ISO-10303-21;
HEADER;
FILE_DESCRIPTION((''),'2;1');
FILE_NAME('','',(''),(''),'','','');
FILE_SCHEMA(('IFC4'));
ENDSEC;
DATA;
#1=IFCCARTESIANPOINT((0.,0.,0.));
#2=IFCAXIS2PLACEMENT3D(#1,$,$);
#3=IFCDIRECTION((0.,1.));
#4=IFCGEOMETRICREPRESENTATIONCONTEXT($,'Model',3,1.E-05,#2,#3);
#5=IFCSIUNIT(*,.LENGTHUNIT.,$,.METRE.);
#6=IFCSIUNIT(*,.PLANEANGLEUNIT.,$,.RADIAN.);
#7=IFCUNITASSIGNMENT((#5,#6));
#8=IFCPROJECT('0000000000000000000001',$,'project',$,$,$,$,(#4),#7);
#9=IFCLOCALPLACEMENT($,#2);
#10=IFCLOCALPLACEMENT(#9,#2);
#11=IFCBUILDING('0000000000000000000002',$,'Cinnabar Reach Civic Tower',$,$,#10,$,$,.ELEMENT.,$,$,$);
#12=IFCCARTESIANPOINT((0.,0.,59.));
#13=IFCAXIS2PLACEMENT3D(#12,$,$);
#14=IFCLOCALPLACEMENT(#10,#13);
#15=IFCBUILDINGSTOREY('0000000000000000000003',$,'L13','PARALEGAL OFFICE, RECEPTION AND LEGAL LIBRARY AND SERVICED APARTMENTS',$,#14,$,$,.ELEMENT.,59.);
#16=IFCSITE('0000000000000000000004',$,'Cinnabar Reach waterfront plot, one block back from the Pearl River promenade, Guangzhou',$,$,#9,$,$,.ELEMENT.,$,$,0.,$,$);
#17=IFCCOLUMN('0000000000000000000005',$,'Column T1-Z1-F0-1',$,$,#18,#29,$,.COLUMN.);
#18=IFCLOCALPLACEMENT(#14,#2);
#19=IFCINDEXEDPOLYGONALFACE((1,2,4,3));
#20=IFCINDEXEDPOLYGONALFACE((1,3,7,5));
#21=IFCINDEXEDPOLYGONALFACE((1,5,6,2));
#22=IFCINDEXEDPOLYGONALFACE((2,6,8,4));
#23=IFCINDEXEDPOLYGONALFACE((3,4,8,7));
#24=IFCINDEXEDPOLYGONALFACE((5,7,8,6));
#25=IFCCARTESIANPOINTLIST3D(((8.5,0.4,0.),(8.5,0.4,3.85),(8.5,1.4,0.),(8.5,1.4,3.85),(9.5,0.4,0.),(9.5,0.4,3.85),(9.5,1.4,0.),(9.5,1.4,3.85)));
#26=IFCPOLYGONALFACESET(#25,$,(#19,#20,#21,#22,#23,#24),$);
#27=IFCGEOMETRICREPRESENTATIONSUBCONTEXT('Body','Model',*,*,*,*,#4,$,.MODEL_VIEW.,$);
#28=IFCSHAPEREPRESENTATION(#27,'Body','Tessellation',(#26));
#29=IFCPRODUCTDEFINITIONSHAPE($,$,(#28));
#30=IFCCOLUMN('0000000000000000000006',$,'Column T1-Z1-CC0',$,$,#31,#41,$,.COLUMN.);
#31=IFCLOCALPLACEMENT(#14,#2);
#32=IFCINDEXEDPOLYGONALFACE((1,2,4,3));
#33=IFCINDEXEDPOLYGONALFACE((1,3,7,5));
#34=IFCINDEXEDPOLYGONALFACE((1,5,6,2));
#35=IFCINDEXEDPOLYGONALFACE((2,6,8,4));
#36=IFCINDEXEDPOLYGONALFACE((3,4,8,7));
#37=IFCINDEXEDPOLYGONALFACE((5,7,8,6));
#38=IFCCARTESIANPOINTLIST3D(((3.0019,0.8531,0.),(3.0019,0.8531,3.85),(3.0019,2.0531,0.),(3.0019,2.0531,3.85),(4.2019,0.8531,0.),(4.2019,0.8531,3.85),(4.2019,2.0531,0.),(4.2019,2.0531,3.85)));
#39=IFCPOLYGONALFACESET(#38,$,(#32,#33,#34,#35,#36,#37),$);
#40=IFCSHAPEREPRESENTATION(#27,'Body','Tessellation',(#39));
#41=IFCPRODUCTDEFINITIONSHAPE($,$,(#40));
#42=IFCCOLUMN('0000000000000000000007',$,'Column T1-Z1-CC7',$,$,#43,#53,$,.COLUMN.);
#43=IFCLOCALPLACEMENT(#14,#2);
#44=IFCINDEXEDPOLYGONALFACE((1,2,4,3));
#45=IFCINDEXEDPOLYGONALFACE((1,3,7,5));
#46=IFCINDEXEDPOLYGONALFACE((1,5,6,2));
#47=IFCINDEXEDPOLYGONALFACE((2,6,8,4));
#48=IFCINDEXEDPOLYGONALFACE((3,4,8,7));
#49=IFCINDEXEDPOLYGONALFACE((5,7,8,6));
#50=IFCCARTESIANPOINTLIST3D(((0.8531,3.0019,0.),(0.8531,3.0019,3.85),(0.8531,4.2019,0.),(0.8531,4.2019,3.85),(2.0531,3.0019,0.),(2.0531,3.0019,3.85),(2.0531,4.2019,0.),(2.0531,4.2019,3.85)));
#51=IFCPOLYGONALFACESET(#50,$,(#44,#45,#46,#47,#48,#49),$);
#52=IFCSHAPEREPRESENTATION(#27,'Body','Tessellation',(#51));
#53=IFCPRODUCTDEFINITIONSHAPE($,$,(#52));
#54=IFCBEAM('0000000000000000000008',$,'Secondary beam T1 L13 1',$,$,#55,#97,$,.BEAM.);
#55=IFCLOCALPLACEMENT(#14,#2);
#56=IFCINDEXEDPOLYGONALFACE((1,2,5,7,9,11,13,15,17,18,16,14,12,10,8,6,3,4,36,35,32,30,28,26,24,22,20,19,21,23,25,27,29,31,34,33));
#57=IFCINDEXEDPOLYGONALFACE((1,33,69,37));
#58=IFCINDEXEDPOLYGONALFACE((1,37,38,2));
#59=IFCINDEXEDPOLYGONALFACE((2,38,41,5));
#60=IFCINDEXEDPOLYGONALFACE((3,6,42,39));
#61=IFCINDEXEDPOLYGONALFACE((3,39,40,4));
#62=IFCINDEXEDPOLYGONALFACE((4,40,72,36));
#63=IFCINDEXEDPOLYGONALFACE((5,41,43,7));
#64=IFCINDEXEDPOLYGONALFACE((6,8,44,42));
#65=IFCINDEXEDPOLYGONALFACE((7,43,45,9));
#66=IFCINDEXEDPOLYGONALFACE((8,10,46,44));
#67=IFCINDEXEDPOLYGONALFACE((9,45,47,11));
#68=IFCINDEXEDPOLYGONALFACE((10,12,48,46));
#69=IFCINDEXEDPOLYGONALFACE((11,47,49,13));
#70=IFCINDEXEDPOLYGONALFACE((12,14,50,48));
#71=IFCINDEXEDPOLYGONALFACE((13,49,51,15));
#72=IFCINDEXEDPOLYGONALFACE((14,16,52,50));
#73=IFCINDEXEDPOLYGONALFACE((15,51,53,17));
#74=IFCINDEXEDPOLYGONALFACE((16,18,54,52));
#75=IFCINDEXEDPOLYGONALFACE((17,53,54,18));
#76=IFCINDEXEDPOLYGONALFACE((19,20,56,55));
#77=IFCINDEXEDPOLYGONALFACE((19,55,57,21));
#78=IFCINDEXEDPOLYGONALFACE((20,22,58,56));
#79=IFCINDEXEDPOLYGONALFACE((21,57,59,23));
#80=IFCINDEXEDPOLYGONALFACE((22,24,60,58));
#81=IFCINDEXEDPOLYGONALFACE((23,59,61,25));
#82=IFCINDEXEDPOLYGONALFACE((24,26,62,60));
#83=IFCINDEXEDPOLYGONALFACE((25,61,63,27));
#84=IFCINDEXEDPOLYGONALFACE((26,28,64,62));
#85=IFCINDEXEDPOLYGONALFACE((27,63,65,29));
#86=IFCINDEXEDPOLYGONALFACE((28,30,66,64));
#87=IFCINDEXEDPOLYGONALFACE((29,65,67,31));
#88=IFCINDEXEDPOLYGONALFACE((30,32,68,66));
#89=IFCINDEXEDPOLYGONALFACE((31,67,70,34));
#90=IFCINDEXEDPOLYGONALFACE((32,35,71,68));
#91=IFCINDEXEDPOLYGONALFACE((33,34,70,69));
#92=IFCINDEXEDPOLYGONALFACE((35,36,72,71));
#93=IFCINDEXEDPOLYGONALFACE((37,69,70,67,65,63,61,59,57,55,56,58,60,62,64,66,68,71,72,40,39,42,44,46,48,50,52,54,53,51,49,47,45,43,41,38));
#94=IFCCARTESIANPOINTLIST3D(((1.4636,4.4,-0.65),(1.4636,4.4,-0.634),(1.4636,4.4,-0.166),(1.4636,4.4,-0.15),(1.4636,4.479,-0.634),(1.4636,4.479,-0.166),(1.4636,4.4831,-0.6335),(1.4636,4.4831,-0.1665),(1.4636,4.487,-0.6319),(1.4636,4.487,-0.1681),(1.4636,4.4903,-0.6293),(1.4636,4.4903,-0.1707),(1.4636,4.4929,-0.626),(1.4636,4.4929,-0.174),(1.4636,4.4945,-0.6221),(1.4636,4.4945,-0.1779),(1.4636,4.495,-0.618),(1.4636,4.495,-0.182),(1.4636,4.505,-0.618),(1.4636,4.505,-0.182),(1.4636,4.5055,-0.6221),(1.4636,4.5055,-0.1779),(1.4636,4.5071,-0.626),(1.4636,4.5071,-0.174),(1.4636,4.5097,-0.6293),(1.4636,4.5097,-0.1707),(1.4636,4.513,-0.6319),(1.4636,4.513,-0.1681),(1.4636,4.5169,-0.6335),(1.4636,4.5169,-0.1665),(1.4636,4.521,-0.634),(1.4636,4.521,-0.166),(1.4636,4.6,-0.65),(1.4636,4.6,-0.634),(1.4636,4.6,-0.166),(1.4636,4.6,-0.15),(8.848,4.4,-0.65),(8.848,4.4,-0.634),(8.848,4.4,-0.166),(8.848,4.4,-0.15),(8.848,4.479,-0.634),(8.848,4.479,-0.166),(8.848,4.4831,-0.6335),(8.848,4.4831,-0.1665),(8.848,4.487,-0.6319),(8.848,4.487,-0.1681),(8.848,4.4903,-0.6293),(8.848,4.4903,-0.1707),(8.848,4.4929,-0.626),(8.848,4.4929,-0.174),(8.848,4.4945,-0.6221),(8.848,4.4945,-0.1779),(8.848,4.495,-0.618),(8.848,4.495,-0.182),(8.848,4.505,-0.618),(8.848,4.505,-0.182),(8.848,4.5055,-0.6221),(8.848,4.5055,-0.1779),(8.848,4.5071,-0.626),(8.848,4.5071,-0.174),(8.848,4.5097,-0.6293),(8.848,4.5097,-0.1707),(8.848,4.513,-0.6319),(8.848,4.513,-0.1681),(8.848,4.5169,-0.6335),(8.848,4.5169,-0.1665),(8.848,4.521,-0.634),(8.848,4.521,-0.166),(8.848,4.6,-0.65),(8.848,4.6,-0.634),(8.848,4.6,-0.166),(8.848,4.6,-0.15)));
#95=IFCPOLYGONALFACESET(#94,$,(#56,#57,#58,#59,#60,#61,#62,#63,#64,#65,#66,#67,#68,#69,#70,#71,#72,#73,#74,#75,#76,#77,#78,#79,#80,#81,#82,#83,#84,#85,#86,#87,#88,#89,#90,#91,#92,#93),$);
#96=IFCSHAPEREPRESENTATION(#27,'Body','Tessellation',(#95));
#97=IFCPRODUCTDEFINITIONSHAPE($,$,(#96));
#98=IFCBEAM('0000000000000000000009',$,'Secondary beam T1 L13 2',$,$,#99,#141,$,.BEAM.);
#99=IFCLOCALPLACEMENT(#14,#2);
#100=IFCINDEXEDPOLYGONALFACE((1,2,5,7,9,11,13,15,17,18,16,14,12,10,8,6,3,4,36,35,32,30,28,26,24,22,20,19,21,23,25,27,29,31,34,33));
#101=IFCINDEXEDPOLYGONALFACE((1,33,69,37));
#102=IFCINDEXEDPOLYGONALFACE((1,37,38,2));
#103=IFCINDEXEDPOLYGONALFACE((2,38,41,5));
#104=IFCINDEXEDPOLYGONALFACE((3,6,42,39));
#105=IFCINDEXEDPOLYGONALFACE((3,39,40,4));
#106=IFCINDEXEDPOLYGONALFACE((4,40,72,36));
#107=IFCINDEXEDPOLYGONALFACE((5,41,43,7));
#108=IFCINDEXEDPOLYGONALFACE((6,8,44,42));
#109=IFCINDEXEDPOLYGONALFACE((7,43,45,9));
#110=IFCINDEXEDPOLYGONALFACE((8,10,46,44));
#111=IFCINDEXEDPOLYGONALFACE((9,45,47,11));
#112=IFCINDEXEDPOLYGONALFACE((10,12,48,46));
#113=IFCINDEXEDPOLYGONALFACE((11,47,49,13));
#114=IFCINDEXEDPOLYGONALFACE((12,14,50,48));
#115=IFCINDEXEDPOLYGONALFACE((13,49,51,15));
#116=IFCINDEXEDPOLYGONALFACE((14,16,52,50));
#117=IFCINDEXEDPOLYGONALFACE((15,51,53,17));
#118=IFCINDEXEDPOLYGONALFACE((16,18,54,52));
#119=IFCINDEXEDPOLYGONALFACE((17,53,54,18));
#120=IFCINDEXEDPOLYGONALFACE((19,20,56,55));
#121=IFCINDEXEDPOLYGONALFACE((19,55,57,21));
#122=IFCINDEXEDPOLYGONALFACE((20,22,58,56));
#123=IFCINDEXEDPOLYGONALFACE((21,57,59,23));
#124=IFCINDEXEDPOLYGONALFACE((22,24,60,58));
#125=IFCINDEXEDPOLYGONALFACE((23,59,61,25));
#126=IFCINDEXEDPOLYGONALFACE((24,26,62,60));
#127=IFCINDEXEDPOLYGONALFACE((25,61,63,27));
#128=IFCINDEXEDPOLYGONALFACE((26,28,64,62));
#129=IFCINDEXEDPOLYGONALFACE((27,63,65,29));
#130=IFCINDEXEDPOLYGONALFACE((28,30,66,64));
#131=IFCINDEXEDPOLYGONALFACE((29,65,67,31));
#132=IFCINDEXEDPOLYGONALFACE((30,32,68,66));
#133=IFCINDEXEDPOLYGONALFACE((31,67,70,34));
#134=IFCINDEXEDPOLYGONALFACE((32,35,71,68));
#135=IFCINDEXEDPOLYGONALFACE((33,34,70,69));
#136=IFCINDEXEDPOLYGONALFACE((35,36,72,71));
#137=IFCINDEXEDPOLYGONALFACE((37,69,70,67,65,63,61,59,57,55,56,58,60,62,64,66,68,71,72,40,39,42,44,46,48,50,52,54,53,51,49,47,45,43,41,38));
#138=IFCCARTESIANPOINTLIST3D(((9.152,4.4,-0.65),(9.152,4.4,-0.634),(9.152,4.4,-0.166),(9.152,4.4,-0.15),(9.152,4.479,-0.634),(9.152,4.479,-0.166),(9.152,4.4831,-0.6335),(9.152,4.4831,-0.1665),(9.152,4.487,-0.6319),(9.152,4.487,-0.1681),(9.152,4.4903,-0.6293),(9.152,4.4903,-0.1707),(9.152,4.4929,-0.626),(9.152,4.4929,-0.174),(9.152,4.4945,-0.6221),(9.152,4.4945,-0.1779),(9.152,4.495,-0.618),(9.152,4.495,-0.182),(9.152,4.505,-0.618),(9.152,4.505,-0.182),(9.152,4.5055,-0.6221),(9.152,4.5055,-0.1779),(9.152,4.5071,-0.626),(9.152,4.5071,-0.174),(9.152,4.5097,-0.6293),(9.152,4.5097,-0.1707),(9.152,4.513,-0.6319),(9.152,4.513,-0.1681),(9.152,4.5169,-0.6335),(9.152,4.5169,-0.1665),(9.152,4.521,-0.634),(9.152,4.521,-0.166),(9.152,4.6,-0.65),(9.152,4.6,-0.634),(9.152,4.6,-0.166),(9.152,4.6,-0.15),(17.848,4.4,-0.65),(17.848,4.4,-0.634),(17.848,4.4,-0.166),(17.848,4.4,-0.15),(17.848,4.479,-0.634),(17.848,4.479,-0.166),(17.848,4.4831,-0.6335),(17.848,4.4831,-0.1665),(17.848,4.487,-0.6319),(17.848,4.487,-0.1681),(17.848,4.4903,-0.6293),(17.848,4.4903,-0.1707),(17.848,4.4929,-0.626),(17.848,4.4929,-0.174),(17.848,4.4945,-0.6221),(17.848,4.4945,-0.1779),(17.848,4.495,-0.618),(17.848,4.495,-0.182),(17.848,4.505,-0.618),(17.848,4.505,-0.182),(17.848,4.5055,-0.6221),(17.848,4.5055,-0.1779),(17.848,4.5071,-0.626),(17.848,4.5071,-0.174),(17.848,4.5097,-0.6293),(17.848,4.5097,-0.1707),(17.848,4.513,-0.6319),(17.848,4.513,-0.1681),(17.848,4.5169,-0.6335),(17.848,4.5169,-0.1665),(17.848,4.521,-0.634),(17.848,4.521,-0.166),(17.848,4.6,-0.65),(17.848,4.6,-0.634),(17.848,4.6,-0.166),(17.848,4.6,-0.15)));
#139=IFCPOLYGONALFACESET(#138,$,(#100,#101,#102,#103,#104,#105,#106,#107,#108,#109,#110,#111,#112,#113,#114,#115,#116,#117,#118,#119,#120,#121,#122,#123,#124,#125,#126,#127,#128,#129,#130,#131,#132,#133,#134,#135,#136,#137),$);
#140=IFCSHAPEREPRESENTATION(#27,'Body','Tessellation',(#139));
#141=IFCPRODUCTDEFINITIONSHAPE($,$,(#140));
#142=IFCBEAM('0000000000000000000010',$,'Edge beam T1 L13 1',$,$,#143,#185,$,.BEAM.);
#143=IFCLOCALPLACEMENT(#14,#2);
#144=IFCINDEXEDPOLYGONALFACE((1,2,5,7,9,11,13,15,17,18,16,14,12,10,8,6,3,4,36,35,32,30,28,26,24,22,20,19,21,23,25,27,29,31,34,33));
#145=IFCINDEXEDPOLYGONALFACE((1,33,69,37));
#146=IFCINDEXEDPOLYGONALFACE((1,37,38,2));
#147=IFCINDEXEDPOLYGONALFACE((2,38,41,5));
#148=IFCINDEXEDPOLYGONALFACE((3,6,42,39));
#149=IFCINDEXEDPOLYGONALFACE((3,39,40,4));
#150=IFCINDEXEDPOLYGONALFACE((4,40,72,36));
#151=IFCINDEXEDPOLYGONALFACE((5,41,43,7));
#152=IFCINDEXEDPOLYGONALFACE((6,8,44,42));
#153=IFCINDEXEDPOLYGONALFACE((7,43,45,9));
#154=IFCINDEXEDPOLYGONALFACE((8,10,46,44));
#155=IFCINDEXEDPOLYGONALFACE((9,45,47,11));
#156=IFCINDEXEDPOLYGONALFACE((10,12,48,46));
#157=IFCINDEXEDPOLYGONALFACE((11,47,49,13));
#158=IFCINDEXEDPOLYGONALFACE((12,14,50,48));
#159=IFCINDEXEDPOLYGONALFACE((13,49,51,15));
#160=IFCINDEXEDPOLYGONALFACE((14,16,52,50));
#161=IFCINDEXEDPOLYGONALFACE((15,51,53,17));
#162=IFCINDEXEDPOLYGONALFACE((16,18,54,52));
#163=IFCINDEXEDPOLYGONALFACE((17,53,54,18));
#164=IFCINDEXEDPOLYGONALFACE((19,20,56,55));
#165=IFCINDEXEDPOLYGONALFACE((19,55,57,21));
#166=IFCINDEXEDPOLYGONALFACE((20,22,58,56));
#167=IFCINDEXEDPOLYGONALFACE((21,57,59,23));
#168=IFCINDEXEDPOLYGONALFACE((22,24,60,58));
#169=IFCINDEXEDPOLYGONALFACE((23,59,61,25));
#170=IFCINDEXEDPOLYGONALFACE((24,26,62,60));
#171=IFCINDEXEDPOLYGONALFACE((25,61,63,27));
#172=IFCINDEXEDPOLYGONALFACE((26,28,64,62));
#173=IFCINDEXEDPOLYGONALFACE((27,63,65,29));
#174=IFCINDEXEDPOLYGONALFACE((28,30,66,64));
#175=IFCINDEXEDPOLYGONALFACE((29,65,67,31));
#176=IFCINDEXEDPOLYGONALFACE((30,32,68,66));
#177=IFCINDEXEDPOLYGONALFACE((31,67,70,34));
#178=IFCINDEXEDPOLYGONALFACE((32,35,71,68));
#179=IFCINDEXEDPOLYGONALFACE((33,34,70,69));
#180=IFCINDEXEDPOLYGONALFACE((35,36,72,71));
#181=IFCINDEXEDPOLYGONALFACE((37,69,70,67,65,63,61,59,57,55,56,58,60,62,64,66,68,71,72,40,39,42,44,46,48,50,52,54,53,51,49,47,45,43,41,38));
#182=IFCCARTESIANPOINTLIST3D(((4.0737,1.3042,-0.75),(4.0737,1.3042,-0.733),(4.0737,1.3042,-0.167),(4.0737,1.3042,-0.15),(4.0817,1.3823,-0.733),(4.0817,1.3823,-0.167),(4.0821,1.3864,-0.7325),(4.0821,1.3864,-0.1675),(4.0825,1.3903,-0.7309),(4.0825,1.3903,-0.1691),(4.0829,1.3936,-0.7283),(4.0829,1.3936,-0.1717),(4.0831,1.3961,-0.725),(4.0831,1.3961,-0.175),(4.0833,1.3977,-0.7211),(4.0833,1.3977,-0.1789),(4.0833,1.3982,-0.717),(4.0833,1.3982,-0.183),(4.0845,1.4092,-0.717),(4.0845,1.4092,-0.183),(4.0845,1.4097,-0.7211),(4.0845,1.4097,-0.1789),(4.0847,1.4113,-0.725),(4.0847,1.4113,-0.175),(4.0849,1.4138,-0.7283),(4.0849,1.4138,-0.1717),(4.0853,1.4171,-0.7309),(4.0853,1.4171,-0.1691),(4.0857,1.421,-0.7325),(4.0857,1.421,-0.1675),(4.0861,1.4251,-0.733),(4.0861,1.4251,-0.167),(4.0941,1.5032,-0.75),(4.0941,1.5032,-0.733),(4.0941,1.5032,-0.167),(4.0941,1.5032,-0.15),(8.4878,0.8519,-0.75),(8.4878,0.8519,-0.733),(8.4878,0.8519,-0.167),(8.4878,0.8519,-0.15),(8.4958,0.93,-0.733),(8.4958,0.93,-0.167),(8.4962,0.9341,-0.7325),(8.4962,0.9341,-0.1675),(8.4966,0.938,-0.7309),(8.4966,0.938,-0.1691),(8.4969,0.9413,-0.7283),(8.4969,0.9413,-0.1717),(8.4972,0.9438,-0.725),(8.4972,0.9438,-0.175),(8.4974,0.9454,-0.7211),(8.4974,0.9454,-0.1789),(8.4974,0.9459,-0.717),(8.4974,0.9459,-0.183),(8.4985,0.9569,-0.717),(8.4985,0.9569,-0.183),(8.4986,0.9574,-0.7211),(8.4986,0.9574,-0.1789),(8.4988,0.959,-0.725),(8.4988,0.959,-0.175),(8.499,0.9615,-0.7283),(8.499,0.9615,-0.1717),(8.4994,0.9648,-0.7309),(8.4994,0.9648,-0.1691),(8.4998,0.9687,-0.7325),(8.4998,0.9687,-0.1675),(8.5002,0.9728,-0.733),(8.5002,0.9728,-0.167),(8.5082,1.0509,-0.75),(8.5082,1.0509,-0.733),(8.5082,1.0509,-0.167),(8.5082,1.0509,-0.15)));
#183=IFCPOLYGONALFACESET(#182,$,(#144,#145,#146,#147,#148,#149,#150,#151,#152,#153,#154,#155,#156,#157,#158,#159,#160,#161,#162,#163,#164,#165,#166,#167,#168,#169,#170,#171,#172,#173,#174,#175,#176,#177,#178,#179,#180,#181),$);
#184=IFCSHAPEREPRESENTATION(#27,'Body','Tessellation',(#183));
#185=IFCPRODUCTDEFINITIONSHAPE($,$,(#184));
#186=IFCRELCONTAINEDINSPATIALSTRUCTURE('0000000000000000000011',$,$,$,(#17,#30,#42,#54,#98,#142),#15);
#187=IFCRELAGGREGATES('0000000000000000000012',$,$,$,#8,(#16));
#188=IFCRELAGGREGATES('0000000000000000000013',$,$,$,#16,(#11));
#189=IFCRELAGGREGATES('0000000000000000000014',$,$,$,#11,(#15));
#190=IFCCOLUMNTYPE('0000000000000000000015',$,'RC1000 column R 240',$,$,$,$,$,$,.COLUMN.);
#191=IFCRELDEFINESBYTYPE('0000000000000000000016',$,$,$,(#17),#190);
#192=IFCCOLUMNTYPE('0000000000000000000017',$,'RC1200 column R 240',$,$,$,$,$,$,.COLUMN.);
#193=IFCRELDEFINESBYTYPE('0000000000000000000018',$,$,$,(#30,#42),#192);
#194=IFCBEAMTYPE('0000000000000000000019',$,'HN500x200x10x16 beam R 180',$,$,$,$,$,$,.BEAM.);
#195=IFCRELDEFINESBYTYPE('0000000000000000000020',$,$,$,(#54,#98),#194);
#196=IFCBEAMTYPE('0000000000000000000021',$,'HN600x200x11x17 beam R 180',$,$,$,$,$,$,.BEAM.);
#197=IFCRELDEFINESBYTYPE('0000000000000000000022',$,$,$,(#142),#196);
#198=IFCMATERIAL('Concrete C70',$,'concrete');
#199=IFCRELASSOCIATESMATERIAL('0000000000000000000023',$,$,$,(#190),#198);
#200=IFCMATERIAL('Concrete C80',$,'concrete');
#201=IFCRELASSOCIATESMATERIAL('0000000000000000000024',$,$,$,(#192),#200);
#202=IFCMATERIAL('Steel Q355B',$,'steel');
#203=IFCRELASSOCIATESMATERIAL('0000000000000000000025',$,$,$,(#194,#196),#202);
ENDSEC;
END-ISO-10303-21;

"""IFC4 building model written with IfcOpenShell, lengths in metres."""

from ifc_helpers import new_model, si_unit, direction, frame, origin, origin_2d, place, context, subcontext, project, spatial, rectangle, i_section, extrude, material, material_profile, profile_set, type_object, element, save


model = new_model("IFC4")

# Units and contexts
model_context = context("Model", 3, precision=1e-05, world=origin(), true_north=direction((0.0, 1.0)))
body_context = subcontext(model_context, "Body", "Model", "MODEL_VIEW")
ifc_project = project(units=[si_unit("LENGTHUNIT", "METRE"), si_unit("PLANEANGLEUNIT", "RADIAN")], contexts=[model_context])

# Site, building, storey
site_placement = place(None, origin())
site = spatial("IfcSite", under=ifc_project, at=site_placement, Name="Cinnabar Reach waterfront plot, one block back from the Pearl River promenade, Guangzhou", CompositionType="ELEMENT", RefElevation=0.0)
building_placement = place(site_placement, origin())
building = spatial("IfcBuilding", under=site, at=building_placement, Name="Cinnabar Reach Civic Tower", CompositionType="ELEMENT")
storey_placement = place(building_placement, frame((0.0, 0.0, 59.0)))
storey = spatial("IfcBuildingStorey", under=building, at=storey_placement, Name="L13", Description="PARALEGAL OFFICE, RECEPTION AND LEGAL LIBRARY AND SERVICED APARTMENTS", CompositionType="ELEMENT", Elevation=59.0)

# Columns
ifc_material_1 = material(Name="Concrete C70", Category="concrete")
ifc_material_profile_1 = material_profile(ifc_material_1, rectangle(XDim=1.0, YDim=1.0, at=origin_2d()), Name="RC1000")
ifc_profile_set_1 = profile_set([ifc_material_profile_1], Name="Concrete C70")
column_type_1 = type_object("IfcColumnType", Name="RC1000 column R 240", PredefinedType="COLUMN", material=ifc_profile_set_1)
column_placement = place(storey_placement, frame((9.0, 0.9, 0.0), z_axis=(0.0, 0.0, 1.0), x_axis=(1.0, 0.0, 0.0)))
element("IfcColumn", 1, at=column_placement, inside=storey, type_object=column_type_1, Name="Column T1-Z1-F0-1", PredefinedType="COLUMN", context=body_context, shape_type="SweptSolid", body=[
    extrude(rectangle(XDim=1.0, YDim=1.0, at=origin_2d()), origin(), (0.0, 0.0, 1.0), 3.85),
])
ifc_material_2 = material(Name="Concrete C80", Category="concrete")
ifc_material_profile_2 = material_profile(ifc_material_2, rectangle(XDim=1.2, YDim=1.2, at=origin_2d()), Name="RC1200")
ifc_profile_set_2 = profile_set([ifc_material_profile_2], Name="Concrete C80")
column_type_2 = type_object("IfcColumnType", Name="RC1200 column R 240", PredefinedType="COLUMN", material=ifc_profile_set_2)
for number, where, z_axis, x_axis, name in (
    (2, (3.6019, 1.4531, 0.0), (0.0, 0.0, 1.0), (1.0, 0.0, 0.0), "Column T1-Z1-CC0"),
    (3, (1.4531, 3.6019, 0.0), (0.0, 0.0, 1.0), (1.0, 0.0, 0.0), "Column T1-Z1-CC7"),
):
    element("IfcColumn", number, at=place(storey_placement, frame(where, z_axis=z_axis, x_axis=x_axis)), inside=storey, type_object=column_type_2, Name=name, PredefinedType="COLUMN", context=body_context, shape_type="SweptSolid", body=[
        extrude(rectangle(XDim=1.2, YDim=1.2, at=origin_2d()), origin(), (0.0, 0.0, 1.0), 3.85),
    ])

# Beams
ifc_material_3 = material(Name="Steel Q355B", Category="steel")
ifc_material_profile_3 = material_profile(ifc_material_3, i_section(OverallWidth=0.2, OverallDepth=0.5, WebThickness=0.01, FlangeThickness=0.016, FilletRadius=0.016, at=origin_2d()), Name="HN500x200x10x16")
ifc_profile_set_3 = profile_set([ifc_material_profile_3], Name="Steel Q355B")
beam_type_1 = type_object("IfcBeamType", Name="HN500x200x10x16 beam R 180", PredefinedType="BEAM", material=ifc_profile_set_3)
beam_1_placement = place(storey_placement, frame((1.4636, 4.5, -0.4), z_axis=(1.0, 0.0, 0.0), x_axis=(0.0, 1.0, 0.0)))
element("IfcBeam", 4, at=beam_1_placement, inside=storey, type_object=beam_type_1, Name="Secondary beam T1 L13 1", PredefinedType="BEAM", context=body_context, shape_type="SweptSolid", body=[
    extrude(i_section(OverallWidth=0.2, OverallDepth=0.5, WebThickness=0.01, FlangeThickness=0.016, FilletRadius=0.016, at=origin_2d()), origin(), (0.0, 0.0, 1.0), 7.3844),
])
beam_2_placement = place(storey_placement, frame((9.152, 4.5, -0.4), z_axis=(1.0, 0.0, 0.0), x_axis=(0.0, 1.0, 0.0)))
element("IfcBeam", 5, at=beam_2_placement, inside=storey, type_object=beam_type_1, Name="Secondary beam T1 L13 2", PredefinedType="BEAM", context=body_context, shape_type="SweptSolid", body=[
    extrude(i_section(OverallWidth=0.2, OverallDepth=0.5, WebThickness=0.01, FlangeThickness=0.016, FilletRadius=0.016, at=origin_2d()), origin(), (0.0, 0.0, 1.0), 8.696),
])
ifc_material_profile_4 = material_profile(ifc_material_3, i_section(OverallWidth=0.2, OverallDepth=0.6, WebThickness=0.011, FlangeThickness=0.017, FilletRadius=0.016, at=origin_2d()), Name="HN600x200x11x17")
ifc_profile_set_4 = profile_set([ifc_material_profile_4], Name="Steel Q355B")
beam_type_2 = type_object("IfcBeamType", Name="HN600x200x11x17 beam R 180", PredefinedType="BEAM", material=ifc_profile_set_4)
for number, where, z_axis, x_axis, name in (
    (6, (4.0839, 1.4037, -0.45), (0.994791, -0.101933, 0.0), (0.101933, 0.994791, 0.0), "Edge beam T1 L13 1"),
):
    element("IfcBeam", number, at=place(storey_placement, frame(where, z_axis=z_axis, x_axis=x_axis)), inside=storey, type_object=beam_type_2, Name=name, PredefinedType="BEAM", context=body_context, shape_type="SweptSolid", body=[
        extrude(i_section(OverallWidth=0.2, OverallDepth=0.6, WebThickness=0.011, FlangeThickness=0.017, FilletRadius=0.016, at=origin_2d()), origin(), (0.0, 0.0, 1.0), 4.4372),
    ])

save(model, "model.ifc")
